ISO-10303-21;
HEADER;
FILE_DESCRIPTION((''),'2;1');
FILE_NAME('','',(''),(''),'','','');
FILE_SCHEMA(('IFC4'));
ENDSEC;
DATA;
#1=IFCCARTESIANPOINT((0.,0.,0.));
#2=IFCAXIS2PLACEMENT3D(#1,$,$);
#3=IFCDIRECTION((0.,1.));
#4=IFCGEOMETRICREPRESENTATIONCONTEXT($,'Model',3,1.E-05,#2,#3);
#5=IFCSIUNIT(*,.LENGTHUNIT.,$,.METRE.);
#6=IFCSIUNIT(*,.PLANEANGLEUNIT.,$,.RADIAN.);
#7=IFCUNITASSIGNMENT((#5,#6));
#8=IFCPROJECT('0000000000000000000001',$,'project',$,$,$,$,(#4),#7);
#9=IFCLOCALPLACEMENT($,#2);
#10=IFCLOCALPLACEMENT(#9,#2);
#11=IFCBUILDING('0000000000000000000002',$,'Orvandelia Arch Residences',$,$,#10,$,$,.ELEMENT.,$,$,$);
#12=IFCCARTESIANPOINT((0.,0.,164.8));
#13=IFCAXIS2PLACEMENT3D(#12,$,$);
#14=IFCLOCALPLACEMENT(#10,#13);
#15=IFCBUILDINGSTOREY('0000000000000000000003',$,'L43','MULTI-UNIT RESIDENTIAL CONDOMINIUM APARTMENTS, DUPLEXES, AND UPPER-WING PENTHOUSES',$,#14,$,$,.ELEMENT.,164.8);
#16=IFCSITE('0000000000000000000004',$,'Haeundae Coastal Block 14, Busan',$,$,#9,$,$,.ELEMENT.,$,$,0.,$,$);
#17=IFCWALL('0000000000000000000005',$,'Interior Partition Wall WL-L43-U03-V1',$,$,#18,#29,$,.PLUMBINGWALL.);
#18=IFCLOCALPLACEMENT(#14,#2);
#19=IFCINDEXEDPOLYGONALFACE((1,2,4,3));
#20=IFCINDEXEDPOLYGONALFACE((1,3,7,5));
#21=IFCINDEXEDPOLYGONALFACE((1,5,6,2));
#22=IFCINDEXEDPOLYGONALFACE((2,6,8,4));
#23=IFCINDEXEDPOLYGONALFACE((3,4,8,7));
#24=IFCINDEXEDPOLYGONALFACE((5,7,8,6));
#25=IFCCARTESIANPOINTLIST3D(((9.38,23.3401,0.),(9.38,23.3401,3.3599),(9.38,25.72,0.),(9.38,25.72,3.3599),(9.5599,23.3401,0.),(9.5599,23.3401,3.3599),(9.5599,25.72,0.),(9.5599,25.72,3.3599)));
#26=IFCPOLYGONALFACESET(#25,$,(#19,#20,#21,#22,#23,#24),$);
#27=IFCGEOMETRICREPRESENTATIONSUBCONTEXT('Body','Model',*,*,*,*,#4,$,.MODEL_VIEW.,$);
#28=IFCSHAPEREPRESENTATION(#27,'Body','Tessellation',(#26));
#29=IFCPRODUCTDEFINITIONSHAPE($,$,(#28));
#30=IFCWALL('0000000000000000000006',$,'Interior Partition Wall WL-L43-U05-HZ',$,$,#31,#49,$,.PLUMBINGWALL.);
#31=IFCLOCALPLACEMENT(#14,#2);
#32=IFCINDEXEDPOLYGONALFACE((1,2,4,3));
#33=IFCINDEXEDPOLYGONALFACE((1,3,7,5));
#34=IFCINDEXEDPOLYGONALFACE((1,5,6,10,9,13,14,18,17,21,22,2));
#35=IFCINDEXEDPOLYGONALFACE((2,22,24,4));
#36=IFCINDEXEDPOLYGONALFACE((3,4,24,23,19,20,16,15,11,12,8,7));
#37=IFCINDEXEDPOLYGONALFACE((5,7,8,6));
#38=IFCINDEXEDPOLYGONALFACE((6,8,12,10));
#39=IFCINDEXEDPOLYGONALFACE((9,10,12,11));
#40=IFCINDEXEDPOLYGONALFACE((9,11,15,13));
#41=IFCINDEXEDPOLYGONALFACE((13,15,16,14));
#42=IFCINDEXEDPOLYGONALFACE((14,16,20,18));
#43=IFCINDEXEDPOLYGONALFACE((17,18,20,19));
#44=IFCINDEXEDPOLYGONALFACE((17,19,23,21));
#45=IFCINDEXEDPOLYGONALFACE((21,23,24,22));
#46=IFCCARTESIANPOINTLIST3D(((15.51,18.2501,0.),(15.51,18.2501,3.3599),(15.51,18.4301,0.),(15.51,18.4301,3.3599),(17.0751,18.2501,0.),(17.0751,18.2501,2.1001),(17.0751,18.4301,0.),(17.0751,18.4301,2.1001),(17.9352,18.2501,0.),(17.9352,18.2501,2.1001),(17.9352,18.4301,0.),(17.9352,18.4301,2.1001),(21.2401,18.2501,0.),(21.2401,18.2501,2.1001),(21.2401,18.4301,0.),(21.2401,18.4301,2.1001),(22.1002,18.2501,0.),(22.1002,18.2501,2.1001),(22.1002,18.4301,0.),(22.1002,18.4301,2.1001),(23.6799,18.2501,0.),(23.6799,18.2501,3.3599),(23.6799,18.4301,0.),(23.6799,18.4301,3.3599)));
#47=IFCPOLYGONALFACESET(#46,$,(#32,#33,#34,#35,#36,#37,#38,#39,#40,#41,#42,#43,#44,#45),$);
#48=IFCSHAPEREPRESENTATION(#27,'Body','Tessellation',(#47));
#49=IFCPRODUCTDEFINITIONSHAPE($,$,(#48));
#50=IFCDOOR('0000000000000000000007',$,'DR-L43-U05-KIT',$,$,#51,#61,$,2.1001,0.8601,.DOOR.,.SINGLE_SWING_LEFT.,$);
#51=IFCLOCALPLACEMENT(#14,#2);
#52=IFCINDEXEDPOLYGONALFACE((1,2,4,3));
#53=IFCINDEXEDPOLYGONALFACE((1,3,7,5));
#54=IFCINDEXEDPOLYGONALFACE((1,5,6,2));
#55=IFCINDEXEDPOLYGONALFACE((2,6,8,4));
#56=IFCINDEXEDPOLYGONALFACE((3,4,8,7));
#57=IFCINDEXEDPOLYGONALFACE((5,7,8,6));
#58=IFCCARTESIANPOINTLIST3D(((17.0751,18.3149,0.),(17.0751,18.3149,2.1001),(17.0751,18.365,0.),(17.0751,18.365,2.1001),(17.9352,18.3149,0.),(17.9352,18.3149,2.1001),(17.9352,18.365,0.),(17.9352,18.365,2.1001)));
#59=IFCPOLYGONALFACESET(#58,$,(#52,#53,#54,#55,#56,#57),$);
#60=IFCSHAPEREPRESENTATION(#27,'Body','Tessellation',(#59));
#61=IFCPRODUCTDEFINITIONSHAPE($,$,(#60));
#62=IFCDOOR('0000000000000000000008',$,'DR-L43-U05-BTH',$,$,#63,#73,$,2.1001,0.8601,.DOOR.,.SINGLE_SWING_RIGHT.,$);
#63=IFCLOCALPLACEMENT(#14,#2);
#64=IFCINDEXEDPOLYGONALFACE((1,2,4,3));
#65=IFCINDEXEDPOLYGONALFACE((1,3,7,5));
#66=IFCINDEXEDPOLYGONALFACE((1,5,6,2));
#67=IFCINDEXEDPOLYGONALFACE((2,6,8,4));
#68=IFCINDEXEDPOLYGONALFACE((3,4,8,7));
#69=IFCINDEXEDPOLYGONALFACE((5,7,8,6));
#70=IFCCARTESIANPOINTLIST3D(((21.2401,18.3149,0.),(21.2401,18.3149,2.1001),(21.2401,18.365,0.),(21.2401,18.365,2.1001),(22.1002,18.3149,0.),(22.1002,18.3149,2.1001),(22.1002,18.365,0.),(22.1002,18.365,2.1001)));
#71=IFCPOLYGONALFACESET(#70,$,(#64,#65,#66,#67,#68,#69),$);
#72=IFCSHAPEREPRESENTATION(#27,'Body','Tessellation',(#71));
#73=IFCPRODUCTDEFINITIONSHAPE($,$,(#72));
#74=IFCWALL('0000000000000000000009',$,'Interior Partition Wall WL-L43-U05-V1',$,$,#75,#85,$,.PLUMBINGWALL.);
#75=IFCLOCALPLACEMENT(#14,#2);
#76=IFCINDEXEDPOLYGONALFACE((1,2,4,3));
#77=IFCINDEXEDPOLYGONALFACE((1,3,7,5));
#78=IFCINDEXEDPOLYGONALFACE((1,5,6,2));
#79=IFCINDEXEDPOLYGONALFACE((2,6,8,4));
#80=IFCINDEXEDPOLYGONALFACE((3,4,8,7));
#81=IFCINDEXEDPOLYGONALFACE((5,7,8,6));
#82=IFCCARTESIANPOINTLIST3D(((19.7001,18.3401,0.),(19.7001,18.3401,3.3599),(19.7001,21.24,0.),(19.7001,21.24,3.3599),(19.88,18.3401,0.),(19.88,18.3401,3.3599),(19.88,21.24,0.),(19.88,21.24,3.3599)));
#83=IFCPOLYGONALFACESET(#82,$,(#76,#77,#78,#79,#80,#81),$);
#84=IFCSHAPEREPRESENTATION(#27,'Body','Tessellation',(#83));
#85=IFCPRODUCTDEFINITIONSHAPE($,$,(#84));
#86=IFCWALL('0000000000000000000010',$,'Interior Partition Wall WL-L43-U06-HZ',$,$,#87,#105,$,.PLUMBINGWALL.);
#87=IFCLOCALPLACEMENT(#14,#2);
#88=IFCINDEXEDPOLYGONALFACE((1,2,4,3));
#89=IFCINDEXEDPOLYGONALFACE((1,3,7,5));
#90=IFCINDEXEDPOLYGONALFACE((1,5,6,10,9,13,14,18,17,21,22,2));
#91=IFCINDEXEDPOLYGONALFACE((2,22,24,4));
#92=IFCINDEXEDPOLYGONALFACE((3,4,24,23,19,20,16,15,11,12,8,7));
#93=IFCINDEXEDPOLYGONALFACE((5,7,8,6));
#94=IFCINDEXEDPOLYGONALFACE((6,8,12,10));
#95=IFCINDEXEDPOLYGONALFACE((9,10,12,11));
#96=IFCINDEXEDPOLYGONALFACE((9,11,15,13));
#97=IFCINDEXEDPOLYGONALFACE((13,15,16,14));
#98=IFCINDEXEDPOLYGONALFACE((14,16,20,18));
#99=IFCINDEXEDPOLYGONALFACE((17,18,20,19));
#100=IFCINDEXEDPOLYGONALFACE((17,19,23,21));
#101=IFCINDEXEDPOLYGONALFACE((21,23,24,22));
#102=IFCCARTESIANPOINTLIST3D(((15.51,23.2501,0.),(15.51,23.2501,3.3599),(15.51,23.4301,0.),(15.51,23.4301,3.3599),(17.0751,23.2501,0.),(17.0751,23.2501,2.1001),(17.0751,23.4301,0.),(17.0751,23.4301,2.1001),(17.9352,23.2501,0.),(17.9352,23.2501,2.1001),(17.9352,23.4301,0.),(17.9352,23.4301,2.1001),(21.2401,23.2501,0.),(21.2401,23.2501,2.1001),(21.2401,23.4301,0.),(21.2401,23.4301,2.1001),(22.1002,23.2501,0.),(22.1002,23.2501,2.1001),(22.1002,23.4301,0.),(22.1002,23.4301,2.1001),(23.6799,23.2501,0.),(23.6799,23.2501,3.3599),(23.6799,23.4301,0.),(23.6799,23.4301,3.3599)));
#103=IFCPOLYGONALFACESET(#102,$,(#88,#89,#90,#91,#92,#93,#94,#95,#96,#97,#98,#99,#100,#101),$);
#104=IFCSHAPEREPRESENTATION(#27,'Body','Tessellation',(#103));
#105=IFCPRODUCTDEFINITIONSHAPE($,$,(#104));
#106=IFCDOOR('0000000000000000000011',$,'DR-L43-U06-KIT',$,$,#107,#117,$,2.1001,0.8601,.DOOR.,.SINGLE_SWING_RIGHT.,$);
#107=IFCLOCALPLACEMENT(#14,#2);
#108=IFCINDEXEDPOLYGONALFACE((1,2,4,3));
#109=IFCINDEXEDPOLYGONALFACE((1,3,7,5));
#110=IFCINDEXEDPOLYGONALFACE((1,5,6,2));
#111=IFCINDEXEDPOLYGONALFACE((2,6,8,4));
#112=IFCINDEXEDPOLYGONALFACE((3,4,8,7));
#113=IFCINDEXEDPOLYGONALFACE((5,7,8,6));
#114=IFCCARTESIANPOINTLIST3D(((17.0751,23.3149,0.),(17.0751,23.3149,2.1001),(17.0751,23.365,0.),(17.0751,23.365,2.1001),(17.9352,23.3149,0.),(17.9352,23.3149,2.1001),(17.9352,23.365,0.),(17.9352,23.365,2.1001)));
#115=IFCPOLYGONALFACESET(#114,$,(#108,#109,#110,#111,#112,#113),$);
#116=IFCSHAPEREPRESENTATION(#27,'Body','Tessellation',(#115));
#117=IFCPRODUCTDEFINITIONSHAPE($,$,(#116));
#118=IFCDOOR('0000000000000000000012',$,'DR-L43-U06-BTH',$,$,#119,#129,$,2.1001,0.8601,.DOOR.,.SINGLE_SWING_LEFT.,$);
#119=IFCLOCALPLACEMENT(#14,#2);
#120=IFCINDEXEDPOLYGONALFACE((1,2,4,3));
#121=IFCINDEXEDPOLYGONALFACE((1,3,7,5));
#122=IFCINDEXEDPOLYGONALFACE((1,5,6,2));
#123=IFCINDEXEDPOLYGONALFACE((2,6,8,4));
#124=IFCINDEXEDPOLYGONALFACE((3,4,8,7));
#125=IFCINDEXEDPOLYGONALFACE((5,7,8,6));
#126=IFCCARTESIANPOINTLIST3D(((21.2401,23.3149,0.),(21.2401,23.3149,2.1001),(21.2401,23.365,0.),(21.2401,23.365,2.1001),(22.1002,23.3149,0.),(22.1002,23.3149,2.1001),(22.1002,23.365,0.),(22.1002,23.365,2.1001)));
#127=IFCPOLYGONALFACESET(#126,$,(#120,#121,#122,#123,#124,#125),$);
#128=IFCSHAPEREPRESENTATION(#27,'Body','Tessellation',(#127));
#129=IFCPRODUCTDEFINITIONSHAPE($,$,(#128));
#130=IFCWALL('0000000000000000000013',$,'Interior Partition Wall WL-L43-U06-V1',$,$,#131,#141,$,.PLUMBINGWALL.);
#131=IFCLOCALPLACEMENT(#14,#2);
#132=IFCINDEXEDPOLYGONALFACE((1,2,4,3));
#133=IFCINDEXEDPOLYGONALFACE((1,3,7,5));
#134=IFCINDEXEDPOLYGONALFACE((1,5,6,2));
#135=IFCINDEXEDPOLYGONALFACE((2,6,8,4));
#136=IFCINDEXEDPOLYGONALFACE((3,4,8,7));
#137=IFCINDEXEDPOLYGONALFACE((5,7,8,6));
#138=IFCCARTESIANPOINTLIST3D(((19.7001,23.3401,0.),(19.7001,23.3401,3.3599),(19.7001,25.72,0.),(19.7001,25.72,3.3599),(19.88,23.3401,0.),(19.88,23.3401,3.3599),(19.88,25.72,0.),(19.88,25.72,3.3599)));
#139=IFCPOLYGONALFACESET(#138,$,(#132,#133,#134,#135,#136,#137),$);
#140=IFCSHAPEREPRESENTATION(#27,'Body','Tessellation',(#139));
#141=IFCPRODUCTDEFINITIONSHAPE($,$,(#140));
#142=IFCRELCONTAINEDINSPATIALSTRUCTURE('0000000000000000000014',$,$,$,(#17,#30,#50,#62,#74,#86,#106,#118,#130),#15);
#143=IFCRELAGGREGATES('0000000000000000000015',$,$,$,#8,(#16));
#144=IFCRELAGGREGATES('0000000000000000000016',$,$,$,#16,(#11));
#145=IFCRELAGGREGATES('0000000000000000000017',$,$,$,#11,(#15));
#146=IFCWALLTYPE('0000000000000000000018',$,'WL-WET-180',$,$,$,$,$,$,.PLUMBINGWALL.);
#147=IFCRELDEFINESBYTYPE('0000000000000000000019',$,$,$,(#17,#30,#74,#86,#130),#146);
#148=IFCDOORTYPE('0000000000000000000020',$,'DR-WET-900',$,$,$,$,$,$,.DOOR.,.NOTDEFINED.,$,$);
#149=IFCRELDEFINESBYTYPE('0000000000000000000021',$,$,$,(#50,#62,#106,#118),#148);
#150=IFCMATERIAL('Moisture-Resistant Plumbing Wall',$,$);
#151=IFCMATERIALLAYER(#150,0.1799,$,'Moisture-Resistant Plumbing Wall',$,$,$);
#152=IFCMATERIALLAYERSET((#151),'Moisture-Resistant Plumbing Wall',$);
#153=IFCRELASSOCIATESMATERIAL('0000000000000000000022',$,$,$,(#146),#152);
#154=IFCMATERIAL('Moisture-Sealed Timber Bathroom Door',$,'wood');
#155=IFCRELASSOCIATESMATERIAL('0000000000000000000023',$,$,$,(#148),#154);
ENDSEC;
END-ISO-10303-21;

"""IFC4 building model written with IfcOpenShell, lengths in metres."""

from ifc_helpers import new_model, si_unit, direction, frame, frame_2d, origin, place, context, subcontext, project, spatial, rectangle, extrude, material, layer, layer_set, type_object, element, fill, save


model = new_model("IFC4")

# Units and contexts
model_context = context("Model", 3, precision=1e-05, world=origin(), true_north=direction((0.0, 1.0)))
body_context = subcontext(model_context, "Body", "Model", "MODEL_VIEW")
ifc_project = project(units=[si_unit("LENGTHUNIT", "METRE"), si_unit("PLANEANGLEUNIT", "RADIAN")], contexts=[model_context])

# Site, building, storey
site_placement = place(None, origin())
site = spatial("IfcSite", under=ifc_project, at=site_placement, Name="Haeundae Coastal Block 14, Busan", CompositionType="ELEMENT", RefElevation=0.0)
building_placement = place(site_placement, origin())
building = spatial("IfcBuilding", under=site, at=building_placement, Name="Orvandelia Arch Residences", CompositionType="ELEMENT")
storey_placement = place(building_placement, frame((0.0, 0.0, 164.8)))
storey = spatial("IfcBuildingStorey", under=building, at=storey_placement, Name="L43", Description="MULTI-UNIT RESIDENTIAL CONDOMINIUM APARTMENTS, DUPLEXES, AND UPPER-WING PENTHOUSES", CompositionType="ELEMENT", Elevation=164.8)

# Wall
ifc_material_1 = material(Name="Moisture-Resistant Plumbing Wall")
ifc_layer_1 = layer(ifc_material_1, 0.1799, Name="Moisture-Resistant Plumbing Wall")
ifc_layer_set_1 = layer_set([ifc_layer_1], Name="Moisture-Resistant Plumbing Wall")
wall_type_1 = type_object("IfcWallType", Name="WL-WET-180", PredefinedType="PLUMBINGWALL", material=ifc_layer_set_1)
wall_1_placement = place(storey_placement, frame((9.47, 23.3401, 0.0), z_axis=(0.0, 0.0, 1.0), x_axis=(0.0, 1.0, 0.0)))
element("IfcWall", 1, at=wall_1_placement, inside=storey, type_object=wall_type_1, Name="Interior Partition Wall WL-L43-U03-V1", PredefinedType="PLUMBINGWALL", context=body_context, shape_type="SweptSolid", body=[
    extrude(rectangle(XDim=2.3799, YDim=0.1799, at=frame_2d((1.1899, 0.0))), origin(), (0.0, 0.0, 1.0), 3.3599),
])

# Wall, openings, doors
wall_2_placement = place(storey_placement, frame((15.51, 18.3401, 0.0), z_axis=(0.0, 0.0, 1.0), x_axis=(1.0, 0.0, 0.0)))
wall_2 = element("IfcWall", 2, at=wall_2_placement, inside=storey, type_object=wall_type_1, Name="Interior Partition Wall WL-L43-U05-HZ", PredefinedType="PLUMBINGWALL", context=body_context, shape_type="SweptSolid", body=[
    extrude(rectangle(XDim=8.1699, YDim=0.1799, at=frame_2d((4.085, 0.0))), origin(), (0.0, 0.0, 1.0), 3.3599),
])
opening_1_placement = place(wall_2_placement, frame((1.5649, 0.0, 0.0)))
opening_1 = element("IfcOpeningElement", 3, at=opening_1_placement, cuts=wall_2, PredefinedType="OPENING", context=body_context, shape_type="SweptSolid", body=[
    extrude(rectangle(XDim=0.8601, YDim=2.1001, at=frame_2d((0.4302, 1.05))), frame((0.0, 0.1001, 0.0), z_axis=(0.0, -1.0, 0.0), x_axis=(1.0, 0.0, 0.0)), (0.0, 0.0, 1.0), 0.2),
])
opening_2_placement = place(wall_2_placement, frame((5.73, 0.0, 0.0)))
opening_2 = element("IfcOpeningElement", 4, at=opening_2_placement, cuts=wall_2, PredefinedType="OPENING", context=body_context, shape_type="SweptSolid", body=[
    extrude(rectangle(XDim=0.8601, YDim=2.1001, at=frame_2d((0.4302, 1.05))), frame((0.0, 0.1001, 0.0), z_axis=(0.0, -1.0, 0.0), x_axis=(1.0, 0.0, 0.0)), (0.0, 0.0, 1.0), 0.2),
])
ifc_material_2 = material(Name="Moisture-Sealed Timber Bathroom Door", Category="wood")
door_type_1 = type_object("IfcDoorType", Name="DR-WET-900", OperationType="NOTDEFINED", PredefinedType="DOOR", material=ifc_material_2)
door_1_placement = place(opening_1_placement, origin())
door_1 = element("IfcDoor", 5, at=door_1_placement, inside=storey, type_object=door_type_1, Name="DR-L43-U05-KIT", OperationType="SINGLE_SWING_LEFT", OverallHeight=2.1001, OverallWidth=0.8601, PredefinedType="DOOR", context=body_context, shape_type="SweptSolid", body=[
    extrude(rectangle(XDim=0.8601, YDim=2.1001, at=frame_2d((0.4302, 1.05))), frame((0.0, 0.0249, 0.0), z_axis=(0.0, -1.0, 0.0), x_axis=(1.0, 0.0, 0.0)), (0.0, 0.0, 1.0), 0.05),
])
fill(opening_1, door_1)
door_2_placement = place(opening_2_placement, origin())
door_2 = element("IfcDoor", 6, at=door_2_placement, inside=storey, type_object=door_type_1, Name="DR-L43-U05-BTH", OperationType="SINGLE_SWING_RIGHT", OverallHeight=2.1001, OverallWidth=0.8601, PredefinedType="DOOR", context=body_context, shape_type="SweptSolid", body=[
    extrude(rectangle(XDim=0.8601, YDim=2.1001, at=frame_2d((0.4302, 1.05))), frame((0.0, 0.0249, 0.0), z_axis=(0.0, -1.0, 0.0), x_axis=(1.0, 0.0, 0.0)), (0.0, 0.0, 1.0), 0.05),
])
fill(opening_2, door_2)

# Wall
wall_3_placement = place(storey_placement, frame((19.79, 18.3401, 0.0), z_axis=(0.0, 0.0, 1.0), x_axis=(0.0, 1.0, 0.0)))
element("IfcWall", 7, at=wall_3_placement, inside=storey, type_object=wall_type_1, Name="Interior Partition Wall WL-L43-U05-V1", PredefinedType="PLUMBINGWALL", context=body_context, shape_type="SweptSolid", body=[
    extrude(rectangle(XDim=2.8999, YDim=0.1799, at=frame_2d((1.45, 0.0))), origin(), (0.0, 0.0, 1.0), 3.3599),
])

# Wall, openings, doors
wall_4_placement = place(storey_placement, frame((15.51, 23.3401, 0.0), z_axis=(0.0, 0.0, 1.0), x_axis=(1.0, 0.0, 0.0)))
wall_4 = element("IfcWall", 8, at=wall_4_placement, inside=storey, type_object=wall_type_1, Name="Interior Partition Wall WL-L43-U06-HZ", PredefinedType="PLUMBINGWALL", context=body_context, shape_type="SweptSolid", body=[
    extrude(rectangle(XDim=8.1699, YDim=0.1799, at=frame_2d((4.085, 0.0))), origin(), (0.0, 0.0, 1.0), 3.3599),
])
opening_3_placement = place(wall_4_placement, frame((1.5649, 0.0, 0.0)))
opening_3 = element("IfcOpeningElement", 9, at=opening_3_placement, cuts=wall_4, PredefinedType="OPENING", context=body_context, shape_type="SweptSolid", body=[
    extrude(rectangle(XDim=0.8601, YDim=2.1001, at=frame_2d((0.4302, 1.05))), frame((0.0, 0.1001, 0.0), z_axis=(0.0, -1.0, 0.0), x_axis=(1.0, 0.0, 0.0)), (0.0, 0.0, 1.0), 0.2),
])
opening_4_placement = place(wall_4_placement, frame((5.73, 0.0, 0.0)))
opening_4 = element("IfcOpeningElement", 10, at=opening_4_placement, cuts=wall_4, PredefinedType="OPENING", context=body_context, shape_type="SweptSolid", body=[
    extrude(rectangle(XDim=0.8601, YDim=2.1001, at=frame_2d((0.4302, 1.05))), frame((0.0, 0.1001, 0.0), z_axis=(0.0, -1.0, 0.0), x_axis=(1.0, 0.0, 0.0)), (0.0, 0.0, 1.0), 0.2),
])
door_3_placement = place(opening_3_placement, origin())
door_3 = element("IfcDoor", 11, at=door_3_placement, inside=storey, type_object=door_type_1, Name="DR-L43-U06-KIT", OperationType="SINGLE_SWING_RIGHT", OverallHeight=2.1001, OverallWidth=0.8601, PredefinedType="DOOR", context=body_context, shape_type="SweptSolid", body=[
    extrude(rectangle(XDim=0.8601, YDim=2.1001, at=frame_2d((0.4302, 1.05))), frame((0.0, 0.0249, 0.0), z_axis=(0.0, -1.0, 0.0), x_axis=(1.0, 0.0, 0.0)), (0.0, 0.0, 1.0), 0.05),
])
fill(opening_3, door_3)
door_4_placement = place(opening_4_placement, origin())
door_4 = element("IfcDoor", 12, at=door_4_placement, inside=storey, type_object=door_type_1, Name="DR-L43-U06-BTH", OperationType="SINGLE_SWING_LEFT", OverallHeight=2.1001, OverallWidth=0.8601, PredefinedType="DOOR", context=body_context, shape_type="SweptSolid", body=[
    extrude(rectangle(XDim=0.8601, YDim=2.1001, at=frame_2d((0.4302, 1.05))), frame((0.0, 0.0249, 0.0), z_axis=(0.0, -1.0, 0.0), x_axis=(1.0, 0.0, 0.0)), (0.0, 0.0, 1.0), 0.05),
])
fill(opening_4, door_4)

# Wall
wall_5_placement = place(storey_placement, frame((19.79, 23.3401, 0.0), z_axis=(0.0, 0.0, 1.0), x_axis=(0.0, 1.0, 0.0)))
element("IfcWall", 13, at=wall_5_placement, inside=storey, type_object=wall_type_1, Name="Interior Partition Wall WL-L43-U06-V1", PredefinedType="PLUMBINGWALL", context=body_context, shape_type="SweptSolid", body=[
    extrude(rectangle(XDim=2.3799, YDim=0.1799, at=frame_2d((1.1899, 0.0))), origin(), (0.0, 0.0, 1.0), 3.3599),
])

save(model, "model.ifc")
